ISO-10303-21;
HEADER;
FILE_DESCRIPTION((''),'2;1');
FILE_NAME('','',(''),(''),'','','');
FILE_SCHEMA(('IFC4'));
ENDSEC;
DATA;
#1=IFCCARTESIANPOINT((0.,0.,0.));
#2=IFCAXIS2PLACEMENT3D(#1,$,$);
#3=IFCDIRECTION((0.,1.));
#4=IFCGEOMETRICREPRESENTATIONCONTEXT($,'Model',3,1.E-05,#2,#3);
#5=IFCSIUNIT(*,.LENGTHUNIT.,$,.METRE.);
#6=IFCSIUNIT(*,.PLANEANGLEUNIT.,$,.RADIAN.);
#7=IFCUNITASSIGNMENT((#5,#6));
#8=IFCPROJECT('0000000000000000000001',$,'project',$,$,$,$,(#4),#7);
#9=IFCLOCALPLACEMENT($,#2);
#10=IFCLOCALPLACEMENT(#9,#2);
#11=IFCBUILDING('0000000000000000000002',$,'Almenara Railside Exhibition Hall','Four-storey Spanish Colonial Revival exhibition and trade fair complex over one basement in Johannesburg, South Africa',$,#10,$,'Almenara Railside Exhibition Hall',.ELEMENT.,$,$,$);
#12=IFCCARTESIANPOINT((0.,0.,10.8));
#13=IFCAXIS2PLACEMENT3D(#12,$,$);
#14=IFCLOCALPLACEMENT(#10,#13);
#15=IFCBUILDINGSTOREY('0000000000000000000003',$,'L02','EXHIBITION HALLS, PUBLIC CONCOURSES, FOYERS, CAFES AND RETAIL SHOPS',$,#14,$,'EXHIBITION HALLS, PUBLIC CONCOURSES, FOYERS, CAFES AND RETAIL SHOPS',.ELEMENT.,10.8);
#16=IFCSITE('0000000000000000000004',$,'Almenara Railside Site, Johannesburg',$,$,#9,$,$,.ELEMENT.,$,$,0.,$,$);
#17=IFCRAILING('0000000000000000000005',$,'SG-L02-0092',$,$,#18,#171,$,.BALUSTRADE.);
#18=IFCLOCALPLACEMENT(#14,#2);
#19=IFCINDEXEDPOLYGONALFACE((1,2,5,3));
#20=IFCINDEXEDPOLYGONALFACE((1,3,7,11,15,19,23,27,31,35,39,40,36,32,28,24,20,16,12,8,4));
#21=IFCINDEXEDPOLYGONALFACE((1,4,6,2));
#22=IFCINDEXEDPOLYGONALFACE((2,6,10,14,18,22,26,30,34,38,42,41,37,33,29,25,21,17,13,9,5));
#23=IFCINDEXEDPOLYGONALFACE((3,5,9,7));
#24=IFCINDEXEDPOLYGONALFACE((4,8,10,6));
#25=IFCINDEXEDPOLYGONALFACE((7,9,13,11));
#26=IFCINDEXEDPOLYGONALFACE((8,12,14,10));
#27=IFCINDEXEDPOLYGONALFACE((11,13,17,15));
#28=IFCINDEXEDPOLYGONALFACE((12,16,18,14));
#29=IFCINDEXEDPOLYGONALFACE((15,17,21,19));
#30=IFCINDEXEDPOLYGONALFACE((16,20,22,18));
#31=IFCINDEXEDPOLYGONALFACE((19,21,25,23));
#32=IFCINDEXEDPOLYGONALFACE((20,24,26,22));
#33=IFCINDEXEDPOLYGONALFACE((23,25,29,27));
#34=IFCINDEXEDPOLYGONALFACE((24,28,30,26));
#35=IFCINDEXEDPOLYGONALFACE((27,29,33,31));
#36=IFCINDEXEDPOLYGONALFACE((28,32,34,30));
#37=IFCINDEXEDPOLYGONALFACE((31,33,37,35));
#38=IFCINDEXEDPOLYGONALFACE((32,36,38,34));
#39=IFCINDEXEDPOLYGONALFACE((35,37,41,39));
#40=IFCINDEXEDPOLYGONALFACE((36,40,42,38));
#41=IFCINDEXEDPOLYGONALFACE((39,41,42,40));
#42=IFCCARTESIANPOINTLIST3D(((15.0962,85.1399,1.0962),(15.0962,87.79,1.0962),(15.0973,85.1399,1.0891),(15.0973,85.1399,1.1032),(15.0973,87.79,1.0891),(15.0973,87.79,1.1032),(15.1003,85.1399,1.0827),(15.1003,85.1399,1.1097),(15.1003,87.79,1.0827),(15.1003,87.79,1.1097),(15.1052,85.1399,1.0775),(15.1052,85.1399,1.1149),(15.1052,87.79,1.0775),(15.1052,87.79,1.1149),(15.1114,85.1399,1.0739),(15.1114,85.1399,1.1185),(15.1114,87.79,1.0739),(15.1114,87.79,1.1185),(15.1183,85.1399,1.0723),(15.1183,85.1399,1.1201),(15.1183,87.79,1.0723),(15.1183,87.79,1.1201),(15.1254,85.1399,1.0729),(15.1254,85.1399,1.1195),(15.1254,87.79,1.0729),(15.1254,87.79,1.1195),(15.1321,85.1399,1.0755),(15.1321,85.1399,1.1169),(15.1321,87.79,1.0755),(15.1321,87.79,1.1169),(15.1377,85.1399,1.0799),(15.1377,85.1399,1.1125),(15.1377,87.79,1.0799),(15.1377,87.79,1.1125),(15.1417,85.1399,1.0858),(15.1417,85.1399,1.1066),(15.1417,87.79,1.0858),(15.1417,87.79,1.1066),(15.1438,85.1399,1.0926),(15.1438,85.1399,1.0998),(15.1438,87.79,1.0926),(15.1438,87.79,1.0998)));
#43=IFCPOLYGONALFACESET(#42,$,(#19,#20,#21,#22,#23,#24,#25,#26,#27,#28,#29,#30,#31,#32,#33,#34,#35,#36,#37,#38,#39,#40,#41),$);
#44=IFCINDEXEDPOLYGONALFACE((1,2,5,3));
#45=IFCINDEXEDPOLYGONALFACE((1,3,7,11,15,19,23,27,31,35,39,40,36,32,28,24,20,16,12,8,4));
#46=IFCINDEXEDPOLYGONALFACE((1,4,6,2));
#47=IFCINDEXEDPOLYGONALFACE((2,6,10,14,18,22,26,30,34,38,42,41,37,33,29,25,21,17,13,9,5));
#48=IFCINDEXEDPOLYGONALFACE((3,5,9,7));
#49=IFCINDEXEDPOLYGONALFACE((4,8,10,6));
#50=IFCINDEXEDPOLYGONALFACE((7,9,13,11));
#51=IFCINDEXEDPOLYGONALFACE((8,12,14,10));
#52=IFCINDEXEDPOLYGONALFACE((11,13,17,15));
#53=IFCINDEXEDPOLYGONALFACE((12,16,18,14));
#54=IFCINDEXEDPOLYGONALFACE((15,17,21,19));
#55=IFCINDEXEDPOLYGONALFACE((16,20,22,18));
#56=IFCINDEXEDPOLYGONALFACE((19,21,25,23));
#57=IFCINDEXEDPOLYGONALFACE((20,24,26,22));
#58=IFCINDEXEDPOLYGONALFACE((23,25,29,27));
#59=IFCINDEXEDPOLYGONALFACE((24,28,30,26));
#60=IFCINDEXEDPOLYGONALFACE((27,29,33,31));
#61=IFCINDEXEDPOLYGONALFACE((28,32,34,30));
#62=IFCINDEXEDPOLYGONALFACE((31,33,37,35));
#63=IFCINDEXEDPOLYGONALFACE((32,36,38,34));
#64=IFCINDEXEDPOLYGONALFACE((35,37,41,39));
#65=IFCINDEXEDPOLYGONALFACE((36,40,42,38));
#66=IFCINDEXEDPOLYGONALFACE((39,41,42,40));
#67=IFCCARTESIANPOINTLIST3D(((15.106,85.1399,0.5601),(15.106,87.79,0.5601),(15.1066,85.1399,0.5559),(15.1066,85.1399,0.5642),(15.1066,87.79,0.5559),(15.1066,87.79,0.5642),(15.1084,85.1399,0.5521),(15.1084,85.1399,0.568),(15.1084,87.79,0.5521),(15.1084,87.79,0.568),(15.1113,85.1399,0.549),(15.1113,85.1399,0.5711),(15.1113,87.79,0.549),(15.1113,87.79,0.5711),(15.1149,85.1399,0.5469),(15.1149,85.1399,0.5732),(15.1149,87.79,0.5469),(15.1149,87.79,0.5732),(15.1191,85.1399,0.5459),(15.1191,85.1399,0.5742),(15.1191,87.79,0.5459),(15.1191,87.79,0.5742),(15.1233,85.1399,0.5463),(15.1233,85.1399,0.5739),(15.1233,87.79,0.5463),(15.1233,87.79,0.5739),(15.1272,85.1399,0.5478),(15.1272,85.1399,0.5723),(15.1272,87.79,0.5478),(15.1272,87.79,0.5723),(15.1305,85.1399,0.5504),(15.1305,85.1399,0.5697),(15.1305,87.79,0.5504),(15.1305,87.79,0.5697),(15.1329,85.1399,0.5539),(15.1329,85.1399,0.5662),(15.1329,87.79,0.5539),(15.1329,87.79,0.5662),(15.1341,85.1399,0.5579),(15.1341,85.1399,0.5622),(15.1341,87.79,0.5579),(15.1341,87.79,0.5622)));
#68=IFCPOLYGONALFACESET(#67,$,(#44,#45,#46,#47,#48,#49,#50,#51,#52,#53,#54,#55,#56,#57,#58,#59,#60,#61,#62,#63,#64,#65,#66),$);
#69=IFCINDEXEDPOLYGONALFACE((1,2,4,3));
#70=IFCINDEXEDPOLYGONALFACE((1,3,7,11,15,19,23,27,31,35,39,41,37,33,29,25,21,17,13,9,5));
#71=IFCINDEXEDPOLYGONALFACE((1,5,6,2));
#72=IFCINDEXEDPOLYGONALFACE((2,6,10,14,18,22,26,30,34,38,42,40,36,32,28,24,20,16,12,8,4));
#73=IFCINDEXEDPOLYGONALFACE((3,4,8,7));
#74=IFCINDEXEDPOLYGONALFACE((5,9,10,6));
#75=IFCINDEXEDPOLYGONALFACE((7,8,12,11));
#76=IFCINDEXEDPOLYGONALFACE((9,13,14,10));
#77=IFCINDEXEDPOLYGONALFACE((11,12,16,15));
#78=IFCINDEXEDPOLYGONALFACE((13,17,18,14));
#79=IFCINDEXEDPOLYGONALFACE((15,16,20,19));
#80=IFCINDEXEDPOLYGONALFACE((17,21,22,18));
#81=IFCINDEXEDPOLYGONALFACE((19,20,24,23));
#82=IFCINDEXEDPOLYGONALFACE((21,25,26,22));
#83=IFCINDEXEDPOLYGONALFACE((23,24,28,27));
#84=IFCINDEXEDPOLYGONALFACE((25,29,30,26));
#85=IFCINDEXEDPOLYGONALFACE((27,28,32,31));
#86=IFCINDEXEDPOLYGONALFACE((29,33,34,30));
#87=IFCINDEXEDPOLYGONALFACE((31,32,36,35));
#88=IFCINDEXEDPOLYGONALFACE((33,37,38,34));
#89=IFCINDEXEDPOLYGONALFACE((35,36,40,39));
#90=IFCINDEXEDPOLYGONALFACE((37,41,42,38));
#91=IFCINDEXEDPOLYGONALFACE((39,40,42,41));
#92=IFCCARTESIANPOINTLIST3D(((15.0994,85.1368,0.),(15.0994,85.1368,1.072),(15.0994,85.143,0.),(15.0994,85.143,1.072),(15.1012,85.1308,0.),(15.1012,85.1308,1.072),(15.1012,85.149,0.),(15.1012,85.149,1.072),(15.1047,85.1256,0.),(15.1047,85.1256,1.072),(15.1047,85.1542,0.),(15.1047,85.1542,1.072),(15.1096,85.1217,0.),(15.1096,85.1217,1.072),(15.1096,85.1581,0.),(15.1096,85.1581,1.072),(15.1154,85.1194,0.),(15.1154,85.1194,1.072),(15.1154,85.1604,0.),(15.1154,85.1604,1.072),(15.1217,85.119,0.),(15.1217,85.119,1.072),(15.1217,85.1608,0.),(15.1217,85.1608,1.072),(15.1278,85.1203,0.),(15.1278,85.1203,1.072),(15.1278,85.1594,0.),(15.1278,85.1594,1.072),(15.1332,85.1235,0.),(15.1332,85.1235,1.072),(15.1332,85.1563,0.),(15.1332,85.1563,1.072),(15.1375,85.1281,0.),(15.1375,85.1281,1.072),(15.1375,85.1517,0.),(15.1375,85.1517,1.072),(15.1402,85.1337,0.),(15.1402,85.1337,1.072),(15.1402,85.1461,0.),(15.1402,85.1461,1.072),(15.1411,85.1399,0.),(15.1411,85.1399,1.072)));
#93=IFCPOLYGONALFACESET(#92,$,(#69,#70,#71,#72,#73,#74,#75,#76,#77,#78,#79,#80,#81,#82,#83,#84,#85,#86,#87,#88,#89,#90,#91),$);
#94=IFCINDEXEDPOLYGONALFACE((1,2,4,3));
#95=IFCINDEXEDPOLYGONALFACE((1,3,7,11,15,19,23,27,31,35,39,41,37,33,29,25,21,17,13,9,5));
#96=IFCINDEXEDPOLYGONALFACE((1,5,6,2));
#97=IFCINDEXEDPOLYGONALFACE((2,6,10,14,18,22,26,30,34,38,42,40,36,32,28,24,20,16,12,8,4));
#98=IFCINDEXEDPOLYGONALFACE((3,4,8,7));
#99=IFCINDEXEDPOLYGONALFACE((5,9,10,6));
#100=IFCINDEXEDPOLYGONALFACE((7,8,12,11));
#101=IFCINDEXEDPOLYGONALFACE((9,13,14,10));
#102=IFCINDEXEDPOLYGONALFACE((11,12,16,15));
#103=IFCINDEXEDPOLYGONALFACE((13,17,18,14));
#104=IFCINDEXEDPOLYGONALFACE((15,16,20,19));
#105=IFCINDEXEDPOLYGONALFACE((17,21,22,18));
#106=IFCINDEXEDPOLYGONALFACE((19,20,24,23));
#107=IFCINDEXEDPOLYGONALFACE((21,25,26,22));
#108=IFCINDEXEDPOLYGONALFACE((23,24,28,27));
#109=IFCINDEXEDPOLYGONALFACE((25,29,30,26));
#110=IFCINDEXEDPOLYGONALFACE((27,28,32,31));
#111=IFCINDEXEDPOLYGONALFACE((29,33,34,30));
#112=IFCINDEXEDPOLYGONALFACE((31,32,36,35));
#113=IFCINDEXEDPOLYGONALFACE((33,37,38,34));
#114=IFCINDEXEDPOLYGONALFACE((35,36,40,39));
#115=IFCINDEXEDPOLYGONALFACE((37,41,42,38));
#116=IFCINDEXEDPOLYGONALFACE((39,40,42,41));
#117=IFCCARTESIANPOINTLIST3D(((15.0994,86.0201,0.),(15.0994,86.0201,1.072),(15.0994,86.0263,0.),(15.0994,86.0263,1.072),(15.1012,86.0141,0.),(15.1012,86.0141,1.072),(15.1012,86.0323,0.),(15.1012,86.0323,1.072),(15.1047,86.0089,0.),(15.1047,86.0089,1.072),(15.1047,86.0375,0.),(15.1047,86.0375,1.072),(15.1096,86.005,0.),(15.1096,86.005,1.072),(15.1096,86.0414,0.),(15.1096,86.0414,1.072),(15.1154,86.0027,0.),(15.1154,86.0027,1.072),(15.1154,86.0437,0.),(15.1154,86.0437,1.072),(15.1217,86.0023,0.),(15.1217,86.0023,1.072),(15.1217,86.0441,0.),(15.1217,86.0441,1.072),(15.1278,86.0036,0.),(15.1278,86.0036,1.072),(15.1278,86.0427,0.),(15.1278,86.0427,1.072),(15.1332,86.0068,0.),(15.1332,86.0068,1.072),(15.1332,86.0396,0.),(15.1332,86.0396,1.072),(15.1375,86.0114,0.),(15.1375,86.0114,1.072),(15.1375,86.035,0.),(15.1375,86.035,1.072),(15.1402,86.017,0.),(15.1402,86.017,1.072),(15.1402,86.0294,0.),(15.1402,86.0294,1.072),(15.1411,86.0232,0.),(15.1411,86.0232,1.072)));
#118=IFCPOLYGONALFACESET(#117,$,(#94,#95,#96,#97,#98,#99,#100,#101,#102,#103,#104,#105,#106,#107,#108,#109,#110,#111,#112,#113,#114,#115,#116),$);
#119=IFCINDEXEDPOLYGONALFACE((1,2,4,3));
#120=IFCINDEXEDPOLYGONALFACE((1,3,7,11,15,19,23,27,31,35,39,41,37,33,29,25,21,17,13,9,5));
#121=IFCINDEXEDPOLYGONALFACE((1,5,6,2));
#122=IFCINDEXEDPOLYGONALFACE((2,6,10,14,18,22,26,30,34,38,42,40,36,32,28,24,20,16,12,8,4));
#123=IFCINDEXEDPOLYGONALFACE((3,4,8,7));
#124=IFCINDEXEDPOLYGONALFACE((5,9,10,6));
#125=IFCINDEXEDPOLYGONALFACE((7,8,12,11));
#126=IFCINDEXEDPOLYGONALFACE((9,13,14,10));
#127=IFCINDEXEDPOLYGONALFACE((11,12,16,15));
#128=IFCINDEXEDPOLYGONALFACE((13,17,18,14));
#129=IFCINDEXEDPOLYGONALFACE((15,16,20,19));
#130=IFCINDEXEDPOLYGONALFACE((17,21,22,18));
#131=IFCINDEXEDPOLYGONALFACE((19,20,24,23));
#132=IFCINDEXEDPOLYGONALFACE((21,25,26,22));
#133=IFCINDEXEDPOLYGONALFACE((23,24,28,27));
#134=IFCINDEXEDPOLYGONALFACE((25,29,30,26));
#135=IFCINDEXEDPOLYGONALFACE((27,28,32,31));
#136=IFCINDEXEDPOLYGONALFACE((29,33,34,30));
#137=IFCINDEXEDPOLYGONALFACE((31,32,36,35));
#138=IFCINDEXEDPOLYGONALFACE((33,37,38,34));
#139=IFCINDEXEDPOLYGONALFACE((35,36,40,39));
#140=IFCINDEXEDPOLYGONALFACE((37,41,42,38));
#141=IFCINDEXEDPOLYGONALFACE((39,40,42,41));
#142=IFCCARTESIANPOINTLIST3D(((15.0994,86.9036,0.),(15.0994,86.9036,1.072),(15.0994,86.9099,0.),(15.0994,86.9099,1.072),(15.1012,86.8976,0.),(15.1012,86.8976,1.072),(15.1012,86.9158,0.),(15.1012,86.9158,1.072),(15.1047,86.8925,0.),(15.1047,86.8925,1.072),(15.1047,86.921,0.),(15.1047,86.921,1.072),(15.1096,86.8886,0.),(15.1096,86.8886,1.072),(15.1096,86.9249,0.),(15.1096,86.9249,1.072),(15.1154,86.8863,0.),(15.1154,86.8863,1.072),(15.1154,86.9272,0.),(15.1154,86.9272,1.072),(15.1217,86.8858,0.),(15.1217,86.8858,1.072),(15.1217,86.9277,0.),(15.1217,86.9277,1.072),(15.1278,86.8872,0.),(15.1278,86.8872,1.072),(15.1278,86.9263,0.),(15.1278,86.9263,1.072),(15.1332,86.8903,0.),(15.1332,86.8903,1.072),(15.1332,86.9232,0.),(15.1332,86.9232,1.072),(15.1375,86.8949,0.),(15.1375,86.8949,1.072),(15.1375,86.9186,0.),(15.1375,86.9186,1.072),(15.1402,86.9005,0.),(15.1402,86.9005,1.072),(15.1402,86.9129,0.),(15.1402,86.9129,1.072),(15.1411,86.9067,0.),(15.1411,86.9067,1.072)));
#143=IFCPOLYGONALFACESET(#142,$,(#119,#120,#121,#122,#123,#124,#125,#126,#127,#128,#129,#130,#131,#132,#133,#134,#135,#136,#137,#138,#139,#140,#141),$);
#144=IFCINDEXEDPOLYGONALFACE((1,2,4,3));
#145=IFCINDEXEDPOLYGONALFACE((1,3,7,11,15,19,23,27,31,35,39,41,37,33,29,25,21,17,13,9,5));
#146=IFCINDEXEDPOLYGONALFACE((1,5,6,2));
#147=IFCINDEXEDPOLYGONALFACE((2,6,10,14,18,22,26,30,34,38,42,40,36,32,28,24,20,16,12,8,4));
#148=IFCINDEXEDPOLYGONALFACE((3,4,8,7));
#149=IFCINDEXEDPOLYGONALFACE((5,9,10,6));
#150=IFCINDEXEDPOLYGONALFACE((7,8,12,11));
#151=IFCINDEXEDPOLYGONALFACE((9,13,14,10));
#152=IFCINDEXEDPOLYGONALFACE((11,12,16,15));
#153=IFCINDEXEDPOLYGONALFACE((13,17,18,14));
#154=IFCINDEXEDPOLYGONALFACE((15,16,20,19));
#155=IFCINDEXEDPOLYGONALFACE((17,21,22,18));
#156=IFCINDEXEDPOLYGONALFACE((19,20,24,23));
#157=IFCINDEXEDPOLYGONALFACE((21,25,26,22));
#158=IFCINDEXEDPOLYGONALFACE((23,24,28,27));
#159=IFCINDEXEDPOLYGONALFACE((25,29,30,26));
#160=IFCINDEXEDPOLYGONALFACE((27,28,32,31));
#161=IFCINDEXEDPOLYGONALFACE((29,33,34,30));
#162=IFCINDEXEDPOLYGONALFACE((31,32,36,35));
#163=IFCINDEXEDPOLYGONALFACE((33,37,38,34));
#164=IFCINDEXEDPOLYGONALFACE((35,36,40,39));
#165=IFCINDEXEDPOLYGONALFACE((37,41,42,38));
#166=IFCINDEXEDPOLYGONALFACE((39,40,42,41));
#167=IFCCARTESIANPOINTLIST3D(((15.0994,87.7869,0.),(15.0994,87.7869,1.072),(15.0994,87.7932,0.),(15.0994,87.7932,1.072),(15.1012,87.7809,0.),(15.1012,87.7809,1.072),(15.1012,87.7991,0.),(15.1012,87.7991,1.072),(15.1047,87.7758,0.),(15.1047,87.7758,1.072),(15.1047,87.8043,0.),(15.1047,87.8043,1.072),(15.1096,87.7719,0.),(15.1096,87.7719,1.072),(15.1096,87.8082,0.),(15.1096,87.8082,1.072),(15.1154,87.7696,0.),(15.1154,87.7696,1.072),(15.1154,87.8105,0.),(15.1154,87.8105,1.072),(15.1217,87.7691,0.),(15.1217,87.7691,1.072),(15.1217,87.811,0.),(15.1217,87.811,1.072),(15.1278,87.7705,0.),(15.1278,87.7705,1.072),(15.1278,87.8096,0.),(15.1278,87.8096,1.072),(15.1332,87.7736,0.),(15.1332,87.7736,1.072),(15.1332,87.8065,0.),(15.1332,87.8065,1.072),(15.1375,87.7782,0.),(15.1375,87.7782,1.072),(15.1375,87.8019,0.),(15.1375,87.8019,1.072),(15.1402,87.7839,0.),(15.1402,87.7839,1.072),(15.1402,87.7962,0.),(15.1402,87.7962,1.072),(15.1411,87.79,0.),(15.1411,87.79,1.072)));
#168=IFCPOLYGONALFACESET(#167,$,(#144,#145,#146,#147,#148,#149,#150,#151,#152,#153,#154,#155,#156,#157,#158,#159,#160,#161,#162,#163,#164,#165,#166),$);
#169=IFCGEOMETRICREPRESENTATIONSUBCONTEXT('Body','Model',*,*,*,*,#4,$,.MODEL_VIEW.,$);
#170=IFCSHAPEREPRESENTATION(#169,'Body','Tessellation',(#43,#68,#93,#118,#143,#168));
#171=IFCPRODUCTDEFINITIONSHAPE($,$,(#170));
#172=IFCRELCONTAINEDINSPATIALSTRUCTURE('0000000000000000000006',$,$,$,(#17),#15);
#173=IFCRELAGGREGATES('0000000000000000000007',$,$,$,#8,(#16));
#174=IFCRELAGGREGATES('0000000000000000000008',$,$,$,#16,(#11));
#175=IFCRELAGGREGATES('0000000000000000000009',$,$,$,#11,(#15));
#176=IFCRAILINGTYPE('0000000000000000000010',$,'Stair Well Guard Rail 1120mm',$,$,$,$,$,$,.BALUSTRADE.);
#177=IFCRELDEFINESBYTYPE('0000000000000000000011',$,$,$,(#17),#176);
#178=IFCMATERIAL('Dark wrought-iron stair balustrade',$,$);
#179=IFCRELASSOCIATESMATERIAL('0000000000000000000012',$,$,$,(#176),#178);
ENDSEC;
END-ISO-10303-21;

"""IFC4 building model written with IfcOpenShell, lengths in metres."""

from ifc_helpers import new_model, si_unit, direction, frame, origin, origin_2d, place, context, subcontext, project, spatial, circle, extrude, material, type_object, element, save


model = new_model("IFC4")

# Units and contexts
model_context = context("Model", 3, precision=1e-05, world=origin(), true_north=direction((0.0, 1.0)))
body_context = subcontext(model_context, "Body", "Model", "MODEL_VIEW")
ifc_project = project(units=[si_unit("LENGTHUNIT", "METRE"), si_unit("PLANEANGLEUNIT", "RADIAN")], contexts=[model_context])

# Site, building, storey
site_placement = place(None, origin())
site = spatial("IfcSite", under=ifc_project, at=site_placement, Name="Almenara Railside Site, Johannesburg", CompositionType="ELEMENT", RefElevation=0.0)
building_placement = place(site_placement, origin())
building = spatial("IfcBuilding", under=site, at=building_placement, Name="Almenara Railside Exhibition Hall", Description="Four-storey Spanish Colonial Revival exhibition and trade fair complex over one basement in Johannesburg, South Africa", LongName="Almenara Railside Exhibition Hall", CompositionType="ELEMENT")
storey_placement = place(building_placement, frame((0.0, 0.0, 10.8)))
storey = spatial("IfcBuildingStorey", under=building, at=storey_placement, Name="L02", Description="EXHIBITION HALLS, PUBLIC CONCOURSES, FOYERS, CAFES AND RETAIL SHOPS", LongName="EXHIBITION HALLS, PUBLIC CONCOURSES, FOYERS, CAFES AND RETAIL SHOPS", CompositionType="ELEMENT", Elevation=10.8)

# Railing
ifc_material_1 = material(Name="Dark wrought-iron stair balustrade")
railing_type = type_object("IfcRailingType", Name="Stair Well Guard Rail 1120mm", PredefinedType="BALUSTRADE", material=ifc_material_1)
railing_placement = place(storey_placement, frame((15.1201, 85.1399, 0.0)))
element("IfcRailing", 1, at=railing_placement, inside=storey, type_object=railing_type, Name="SG-L02-0092", PredefinedType="BALUSTRADE", context=body_context, shape_type="SweptSolid", body=[
    extrude(circle(Radius=0.0239, at=origin_2d()), frame((0.0, 0.0, 1.0962), z_axis=(0.0, 1.0, 0.0), x_axis=(-1.0, 0.0, 0.0)), (0.0, 0.0, 1.0), 2.6501),
    extrude(circle(Radius=0.0142, at=origin_2d()), frame((0.0, 0.0, 0.5601), z_axis=(0.0, 1.0, 0.0), x_axis=(-1.0, 0.0, 0.0)), (0.0, 0.0, 1.0), 2.6501),
    extrude(circle(Radius=0.021, at=origin_2d()), origin(), (0.0, 0.0, 1.0), 1.072),
    extrude(circle(Radius=0.021, at=origin_2d()), frame((0.0, 0.8833, 0.0)), (0.0, 0.0, 1.0), 1.072),
    extrude(circle(Radius=0.021, at=origin_2d()), frame((0.0, 1.7668, 0.0)), (0.0, 0.0, 1.0), 1.072),
    extrude(circle(Radius=0.021, at=origin_2d()), frame((0.0, 2.6501, 0.0)), (0.0, 0.0, 1.0), 1.072),
])

save(model, "model.ifc")
